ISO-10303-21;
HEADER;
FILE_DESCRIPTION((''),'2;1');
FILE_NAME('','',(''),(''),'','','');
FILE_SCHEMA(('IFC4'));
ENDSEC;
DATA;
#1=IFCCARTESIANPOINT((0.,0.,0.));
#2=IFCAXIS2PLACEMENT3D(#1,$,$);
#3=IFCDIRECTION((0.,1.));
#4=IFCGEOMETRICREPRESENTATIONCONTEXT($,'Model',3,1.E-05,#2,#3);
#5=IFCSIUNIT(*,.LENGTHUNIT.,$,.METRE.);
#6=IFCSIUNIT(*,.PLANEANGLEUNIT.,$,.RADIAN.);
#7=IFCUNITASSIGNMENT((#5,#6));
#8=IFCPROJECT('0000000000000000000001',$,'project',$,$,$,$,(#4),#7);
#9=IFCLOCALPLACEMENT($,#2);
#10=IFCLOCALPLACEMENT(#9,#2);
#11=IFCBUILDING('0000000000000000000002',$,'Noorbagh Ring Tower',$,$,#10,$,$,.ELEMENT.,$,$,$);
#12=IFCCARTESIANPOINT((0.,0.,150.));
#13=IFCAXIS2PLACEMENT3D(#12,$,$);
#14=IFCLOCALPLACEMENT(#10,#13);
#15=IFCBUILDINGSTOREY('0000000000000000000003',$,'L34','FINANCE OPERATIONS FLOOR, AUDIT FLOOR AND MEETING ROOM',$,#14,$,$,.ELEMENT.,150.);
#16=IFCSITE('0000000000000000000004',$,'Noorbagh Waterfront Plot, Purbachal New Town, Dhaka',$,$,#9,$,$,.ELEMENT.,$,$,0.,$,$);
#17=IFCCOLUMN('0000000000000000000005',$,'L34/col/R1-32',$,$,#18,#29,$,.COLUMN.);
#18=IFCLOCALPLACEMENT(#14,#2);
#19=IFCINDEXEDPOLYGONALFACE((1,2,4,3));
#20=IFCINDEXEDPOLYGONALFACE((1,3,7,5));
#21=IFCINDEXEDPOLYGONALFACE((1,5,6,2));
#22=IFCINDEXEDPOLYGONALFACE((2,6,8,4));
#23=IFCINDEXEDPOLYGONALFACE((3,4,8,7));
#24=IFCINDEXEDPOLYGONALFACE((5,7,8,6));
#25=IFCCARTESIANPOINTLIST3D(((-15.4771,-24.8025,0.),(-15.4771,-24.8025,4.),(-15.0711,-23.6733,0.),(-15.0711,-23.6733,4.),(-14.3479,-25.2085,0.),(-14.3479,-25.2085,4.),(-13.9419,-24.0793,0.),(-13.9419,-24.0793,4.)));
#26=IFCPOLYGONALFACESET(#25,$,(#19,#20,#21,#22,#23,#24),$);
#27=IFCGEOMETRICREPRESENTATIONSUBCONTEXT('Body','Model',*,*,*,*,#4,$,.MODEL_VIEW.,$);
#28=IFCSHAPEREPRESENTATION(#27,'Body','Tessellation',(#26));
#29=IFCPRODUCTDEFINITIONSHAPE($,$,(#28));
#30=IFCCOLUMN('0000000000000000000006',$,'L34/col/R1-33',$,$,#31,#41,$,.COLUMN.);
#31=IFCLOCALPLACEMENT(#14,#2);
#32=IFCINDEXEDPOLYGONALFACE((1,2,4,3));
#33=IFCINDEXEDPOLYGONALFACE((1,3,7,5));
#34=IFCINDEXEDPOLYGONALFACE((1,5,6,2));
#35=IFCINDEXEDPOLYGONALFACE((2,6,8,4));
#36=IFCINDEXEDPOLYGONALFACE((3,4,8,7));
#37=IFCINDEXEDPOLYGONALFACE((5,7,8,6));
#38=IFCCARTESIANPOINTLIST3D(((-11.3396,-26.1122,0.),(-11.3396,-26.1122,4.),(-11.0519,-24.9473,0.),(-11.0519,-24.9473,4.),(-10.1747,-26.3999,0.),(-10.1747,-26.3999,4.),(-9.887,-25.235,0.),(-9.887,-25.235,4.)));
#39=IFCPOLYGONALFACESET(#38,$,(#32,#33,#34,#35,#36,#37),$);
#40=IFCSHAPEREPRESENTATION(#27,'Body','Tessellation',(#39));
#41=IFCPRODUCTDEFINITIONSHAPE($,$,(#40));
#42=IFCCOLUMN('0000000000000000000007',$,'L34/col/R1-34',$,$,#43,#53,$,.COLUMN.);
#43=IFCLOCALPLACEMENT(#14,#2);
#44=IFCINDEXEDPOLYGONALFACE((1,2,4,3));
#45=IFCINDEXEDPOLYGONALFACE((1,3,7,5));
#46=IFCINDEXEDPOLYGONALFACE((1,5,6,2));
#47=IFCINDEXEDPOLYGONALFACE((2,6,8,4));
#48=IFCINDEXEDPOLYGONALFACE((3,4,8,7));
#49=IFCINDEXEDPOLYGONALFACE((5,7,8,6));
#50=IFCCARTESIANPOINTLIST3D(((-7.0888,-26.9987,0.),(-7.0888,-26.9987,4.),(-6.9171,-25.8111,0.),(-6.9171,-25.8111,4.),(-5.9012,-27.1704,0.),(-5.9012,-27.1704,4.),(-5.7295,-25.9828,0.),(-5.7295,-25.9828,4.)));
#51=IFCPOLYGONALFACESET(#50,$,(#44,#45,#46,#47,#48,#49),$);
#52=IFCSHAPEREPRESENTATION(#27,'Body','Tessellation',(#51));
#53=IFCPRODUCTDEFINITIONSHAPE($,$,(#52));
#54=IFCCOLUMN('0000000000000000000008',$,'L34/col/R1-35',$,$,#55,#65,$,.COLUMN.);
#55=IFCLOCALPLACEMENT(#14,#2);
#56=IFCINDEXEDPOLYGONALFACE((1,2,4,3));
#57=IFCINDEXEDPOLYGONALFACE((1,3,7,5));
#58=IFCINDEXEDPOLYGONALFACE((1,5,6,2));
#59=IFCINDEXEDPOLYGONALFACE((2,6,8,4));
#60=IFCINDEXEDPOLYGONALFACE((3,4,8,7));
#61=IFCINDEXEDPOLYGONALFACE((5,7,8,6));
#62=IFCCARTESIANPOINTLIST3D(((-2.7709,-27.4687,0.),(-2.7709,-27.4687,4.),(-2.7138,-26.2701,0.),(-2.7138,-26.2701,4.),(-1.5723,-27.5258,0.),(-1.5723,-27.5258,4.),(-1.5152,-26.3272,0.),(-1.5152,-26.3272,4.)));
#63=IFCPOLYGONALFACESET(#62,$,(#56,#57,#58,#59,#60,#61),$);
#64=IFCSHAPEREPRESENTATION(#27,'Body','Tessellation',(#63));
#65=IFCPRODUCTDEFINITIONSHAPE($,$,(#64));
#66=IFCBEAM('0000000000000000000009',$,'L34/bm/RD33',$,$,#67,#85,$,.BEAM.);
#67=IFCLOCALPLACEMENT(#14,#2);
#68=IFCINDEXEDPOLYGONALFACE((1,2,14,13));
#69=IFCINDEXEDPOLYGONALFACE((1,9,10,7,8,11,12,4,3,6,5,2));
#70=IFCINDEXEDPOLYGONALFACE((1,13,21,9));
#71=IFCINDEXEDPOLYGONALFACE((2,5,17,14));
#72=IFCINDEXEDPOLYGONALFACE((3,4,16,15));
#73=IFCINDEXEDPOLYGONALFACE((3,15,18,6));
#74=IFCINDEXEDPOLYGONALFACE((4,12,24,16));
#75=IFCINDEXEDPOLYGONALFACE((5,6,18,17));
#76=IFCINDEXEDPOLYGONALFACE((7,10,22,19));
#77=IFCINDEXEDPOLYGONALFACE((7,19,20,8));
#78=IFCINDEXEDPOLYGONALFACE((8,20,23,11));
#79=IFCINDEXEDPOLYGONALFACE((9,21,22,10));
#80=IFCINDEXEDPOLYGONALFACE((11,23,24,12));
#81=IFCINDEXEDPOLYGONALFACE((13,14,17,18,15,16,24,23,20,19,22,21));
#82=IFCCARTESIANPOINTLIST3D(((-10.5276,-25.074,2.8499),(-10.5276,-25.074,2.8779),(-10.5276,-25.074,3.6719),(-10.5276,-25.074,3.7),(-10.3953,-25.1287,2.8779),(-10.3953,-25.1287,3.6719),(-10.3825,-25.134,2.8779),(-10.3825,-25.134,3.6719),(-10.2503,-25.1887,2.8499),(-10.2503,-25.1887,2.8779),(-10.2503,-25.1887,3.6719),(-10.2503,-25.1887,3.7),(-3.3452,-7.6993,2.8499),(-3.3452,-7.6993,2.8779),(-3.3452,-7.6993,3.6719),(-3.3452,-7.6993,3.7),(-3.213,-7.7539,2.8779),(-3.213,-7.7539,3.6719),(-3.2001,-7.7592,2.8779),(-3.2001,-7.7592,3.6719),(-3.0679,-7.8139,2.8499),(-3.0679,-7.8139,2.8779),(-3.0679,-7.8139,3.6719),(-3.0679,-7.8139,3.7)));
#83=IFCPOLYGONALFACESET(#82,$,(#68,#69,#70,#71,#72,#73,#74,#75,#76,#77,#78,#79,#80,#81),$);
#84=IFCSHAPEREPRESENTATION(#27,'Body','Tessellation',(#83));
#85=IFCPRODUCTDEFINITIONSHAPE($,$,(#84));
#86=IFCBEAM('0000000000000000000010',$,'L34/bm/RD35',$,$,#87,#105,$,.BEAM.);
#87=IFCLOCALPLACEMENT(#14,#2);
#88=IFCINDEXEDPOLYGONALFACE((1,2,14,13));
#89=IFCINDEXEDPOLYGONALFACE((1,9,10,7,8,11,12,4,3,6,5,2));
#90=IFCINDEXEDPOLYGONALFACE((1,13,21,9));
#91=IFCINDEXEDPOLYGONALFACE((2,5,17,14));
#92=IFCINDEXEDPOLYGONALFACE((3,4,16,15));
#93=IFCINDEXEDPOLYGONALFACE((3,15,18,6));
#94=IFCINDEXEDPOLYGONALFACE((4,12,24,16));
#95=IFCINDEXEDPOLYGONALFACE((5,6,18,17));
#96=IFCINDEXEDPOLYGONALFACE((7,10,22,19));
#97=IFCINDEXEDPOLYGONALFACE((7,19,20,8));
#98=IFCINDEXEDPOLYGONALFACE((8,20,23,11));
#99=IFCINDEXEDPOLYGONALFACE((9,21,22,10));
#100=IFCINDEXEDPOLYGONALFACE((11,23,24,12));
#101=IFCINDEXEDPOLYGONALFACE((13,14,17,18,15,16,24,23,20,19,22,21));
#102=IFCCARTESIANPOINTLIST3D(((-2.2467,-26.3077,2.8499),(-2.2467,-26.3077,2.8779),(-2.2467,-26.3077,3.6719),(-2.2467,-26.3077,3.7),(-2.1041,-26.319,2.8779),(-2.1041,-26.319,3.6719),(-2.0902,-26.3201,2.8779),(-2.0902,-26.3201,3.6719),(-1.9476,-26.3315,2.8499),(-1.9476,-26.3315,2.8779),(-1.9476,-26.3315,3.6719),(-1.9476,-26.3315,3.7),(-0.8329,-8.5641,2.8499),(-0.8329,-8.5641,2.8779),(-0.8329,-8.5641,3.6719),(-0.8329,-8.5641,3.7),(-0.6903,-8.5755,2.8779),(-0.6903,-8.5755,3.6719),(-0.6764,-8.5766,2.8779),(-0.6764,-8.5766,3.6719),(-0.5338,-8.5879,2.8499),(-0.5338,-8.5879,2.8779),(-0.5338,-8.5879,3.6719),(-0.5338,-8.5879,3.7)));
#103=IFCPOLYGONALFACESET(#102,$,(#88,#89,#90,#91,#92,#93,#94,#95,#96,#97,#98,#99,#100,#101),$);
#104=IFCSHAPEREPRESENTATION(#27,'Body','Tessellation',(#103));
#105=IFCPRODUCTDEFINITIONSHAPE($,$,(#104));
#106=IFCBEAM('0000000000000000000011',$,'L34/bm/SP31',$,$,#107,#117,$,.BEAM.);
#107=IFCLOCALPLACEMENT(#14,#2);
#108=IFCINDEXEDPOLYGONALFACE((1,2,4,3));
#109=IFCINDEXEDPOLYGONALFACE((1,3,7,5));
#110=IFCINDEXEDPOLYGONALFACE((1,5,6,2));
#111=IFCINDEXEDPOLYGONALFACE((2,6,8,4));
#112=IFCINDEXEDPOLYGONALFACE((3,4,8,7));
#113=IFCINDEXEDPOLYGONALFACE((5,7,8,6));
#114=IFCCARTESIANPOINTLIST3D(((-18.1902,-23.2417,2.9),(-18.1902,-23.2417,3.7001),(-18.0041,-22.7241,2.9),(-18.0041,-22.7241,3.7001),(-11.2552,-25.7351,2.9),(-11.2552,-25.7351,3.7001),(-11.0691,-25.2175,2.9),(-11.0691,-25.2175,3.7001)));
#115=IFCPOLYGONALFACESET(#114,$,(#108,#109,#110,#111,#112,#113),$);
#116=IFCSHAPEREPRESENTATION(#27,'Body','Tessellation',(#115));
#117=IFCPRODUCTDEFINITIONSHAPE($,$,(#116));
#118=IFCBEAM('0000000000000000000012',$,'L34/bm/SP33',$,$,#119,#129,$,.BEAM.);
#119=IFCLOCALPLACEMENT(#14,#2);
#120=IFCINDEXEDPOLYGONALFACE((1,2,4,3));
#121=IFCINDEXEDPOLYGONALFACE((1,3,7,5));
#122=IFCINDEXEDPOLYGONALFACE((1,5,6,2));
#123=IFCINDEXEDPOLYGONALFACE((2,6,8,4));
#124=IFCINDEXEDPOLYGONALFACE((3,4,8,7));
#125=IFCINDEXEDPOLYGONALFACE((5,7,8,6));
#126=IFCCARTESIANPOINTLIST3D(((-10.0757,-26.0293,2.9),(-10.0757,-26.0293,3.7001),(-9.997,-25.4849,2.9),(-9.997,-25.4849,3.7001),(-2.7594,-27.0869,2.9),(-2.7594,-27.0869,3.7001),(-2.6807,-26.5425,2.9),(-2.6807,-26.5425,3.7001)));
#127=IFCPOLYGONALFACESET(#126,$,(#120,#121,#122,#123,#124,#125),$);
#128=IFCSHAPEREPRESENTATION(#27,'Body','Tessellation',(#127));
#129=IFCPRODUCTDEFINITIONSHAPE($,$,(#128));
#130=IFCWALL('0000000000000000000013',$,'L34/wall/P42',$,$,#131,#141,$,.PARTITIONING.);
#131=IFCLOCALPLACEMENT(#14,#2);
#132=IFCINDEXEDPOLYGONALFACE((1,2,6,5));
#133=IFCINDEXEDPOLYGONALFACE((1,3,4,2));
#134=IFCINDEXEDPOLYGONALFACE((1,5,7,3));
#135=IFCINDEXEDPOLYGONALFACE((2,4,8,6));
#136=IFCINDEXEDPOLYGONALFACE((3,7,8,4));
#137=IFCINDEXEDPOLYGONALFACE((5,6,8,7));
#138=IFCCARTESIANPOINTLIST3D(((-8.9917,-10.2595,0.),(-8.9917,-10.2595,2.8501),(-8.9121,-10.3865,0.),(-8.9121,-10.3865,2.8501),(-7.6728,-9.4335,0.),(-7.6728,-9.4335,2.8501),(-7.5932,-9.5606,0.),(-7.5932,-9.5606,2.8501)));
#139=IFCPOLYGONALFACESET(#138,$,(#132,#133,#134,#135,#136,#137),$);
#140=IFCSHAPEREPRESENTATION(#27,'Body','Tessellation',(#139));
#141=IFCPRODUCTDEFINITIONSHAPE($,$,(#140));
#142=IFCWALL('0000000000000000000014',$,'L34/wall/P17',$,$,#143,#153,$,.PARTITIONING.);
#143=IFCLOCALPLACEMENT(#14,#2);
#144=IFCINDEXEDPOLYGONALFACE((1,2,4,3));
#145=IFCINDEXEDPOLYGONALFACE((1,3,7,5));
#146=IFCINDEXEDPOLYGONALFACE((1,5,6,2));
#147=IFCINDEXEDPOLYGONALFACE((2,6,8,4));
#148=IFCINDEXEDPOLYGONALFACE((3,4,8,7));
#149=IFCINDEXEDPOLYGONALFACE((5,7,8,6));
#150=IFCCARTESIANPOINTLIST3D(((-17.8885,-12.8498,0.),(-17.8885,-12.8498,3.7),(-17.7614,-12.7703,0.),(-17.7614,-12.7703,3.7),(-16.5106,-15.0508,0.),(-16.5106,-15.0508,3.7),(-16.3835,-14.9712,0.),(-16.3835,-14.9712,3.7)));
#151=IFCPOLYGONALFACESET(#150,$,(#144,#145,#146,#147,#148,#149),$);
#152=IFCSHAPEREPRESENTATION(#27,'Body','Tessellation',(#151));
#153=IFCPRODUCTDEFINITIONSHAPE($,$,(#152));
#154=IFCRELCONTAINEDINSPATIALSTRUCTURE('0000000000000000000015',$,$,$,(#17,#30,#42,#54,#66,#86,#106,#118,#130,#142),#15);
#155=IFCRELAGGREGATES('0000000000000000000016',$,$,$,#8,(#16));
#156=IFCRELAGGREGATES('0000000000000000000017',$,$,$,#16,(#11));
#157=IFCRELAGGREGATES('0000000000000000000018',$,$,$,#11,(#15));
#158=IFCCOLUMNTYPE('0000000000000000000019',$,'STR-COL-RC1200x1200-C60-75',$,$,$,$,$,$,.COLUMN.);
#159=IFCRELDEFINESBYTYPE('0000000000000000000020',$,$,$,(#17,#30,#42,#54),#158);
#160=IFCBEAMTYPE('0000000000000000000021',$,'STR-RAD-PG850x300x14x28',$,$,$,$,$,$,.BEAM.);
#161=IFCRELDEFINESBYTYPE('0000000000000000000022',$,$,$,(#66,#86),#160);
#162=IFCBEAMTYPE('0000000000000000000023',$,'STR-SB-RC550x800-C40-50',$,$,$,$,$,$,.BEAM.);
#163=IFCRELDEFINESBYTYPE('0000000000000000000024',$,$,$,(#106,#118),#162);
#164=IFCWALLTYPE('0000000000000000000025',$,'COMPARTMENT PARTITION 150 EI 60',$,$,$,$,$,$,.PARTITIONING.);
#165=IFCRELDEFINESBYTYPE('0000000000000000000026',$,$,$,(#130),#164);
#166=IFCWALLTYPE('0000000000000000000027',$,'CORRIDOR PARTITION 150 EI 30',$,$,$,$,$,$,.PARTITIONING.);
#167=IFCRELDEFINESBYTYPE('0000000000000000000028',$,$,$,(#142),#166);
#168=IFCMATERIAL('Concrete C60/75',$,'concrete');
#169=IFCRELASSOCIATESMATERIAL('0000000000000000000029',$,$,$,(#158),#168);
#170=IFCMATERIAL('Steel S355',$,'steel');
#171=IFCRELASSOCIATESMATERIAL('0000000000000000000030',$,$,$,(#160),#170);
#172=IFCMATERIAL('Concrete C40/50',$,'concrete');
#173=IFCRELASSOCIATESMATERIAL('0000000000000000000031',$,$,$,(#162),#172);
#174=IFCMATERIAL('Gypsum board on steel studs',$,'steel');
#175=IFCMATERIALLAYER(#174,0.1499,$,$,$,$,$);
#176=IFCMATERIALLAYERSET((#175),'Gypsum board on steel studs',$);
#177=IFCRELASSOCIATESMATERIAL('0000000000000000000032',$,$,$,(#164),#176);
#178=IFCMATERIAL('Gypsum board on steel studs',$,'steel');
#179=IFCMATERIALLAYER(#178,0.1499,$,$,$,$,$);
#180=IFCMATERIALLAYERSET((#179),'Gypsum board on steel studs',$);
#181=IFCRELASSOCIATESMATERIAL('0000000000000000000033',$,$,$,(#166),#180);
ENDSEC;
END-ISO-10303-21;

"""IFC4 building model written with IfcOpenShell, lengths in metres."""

from ifc_helpers import new_model, si_unit, direction, frame, frame_2d, origin, origin_2d, place, context, subcontext, project, spatial, rectangle, i_section, extrude, material, layer, layer_set, material_profile, profile_set, type_object, element, save


model = new_model("IFC4")

# Units and contexts
model_context = context("Model", 3, precision=1e-05, world=origin(), true_north=direction((0.0, 1.0)))
body_context = subcontext(model_context, "Body", "Model", "MODEL_VIEW")
ifc_project = project(units=[si_unit("LENGTHUNIT", "METRE"), si_unit("PLANEANGLEUNIT", "RADIAN")], contexts=[model_context])

# Site, building, storey
site_placement = place(None, origin())
site = spatial("IfcSite", under=ifc_project, at=site_placement, Name="Noorbagh Waterfront Plot, Purbachal New Town, Dhaka", CompositionType="ELEMENT", RefElevation=0.0)
building_placement = place(site_placement, origin())
building = spatial("IfcBuilding", under=site, at=building_placement, Name="Noorbagh Ring Tower", CompositionType="ELEMENT")
storey_placement = place(building_placement, frame((0.0, 0.0, 150.0)))
storey = spatial("IfcBuildingStorey", under=building, at=storey_placement, Name="L34", Description="FINANCE OPERATIONS FLOOR, AUDIT FLOOR AND MEETING ROOM", CompositionType="ELEMENT", Elevation=150.0)

# Columns
ifc_material_1 = material(Name="Concrete C60/75", Category="concrete")
ifc_material_profile_1 = material_profile(ifc_material_1, rectangle(XDim=1.2, YDim=1.2, at=origin_2d()), Name="RC1200x1200")
ifc_profile_set_1 = profile_set([ifc_material_profile_1], Name="Concrete C60/75")
column_type = type_object("IfcColumnType", Name="STR-COL-RC1200x1200-C60-75", PredefinedType="COLUMN", material=ifc_profile_set_1)
for number, where, z_axis, x_axis, name in (
    (1, (-14.7095, -24.4409, 0.0), (0.0, 0.0, 1.0), (0.941025, -0.338338, 0.0), "L34/col/R1-32"),
    (2, (-10.6133, -25.6736, 0.0), (0.0, 0.0, 1.0), (0.970829, -0.239771, 0.0), "L34/col/R1-33"),
    (3, (-6.4092, -26.4907, 0.0), (0.0, 0.0, 1.0), (0.989713, -0.143066, 0.0), "L34/col/R1-34"),
    (4, (-2.1431, -26.8979, 0.0), (0.0, 0.0, 1.0), (0.998869, -0.047553, 0.0), "L34/col/R1-35"),
):
    element("IfcColumn", number, at=place(storey_placement, frame(where, z_axis=z_axis, x_axis=x_axis)), inside=storey, type_object=column_type, Name=name, PredefinedType="COLUMN", context=body_context, shape_type="SweptSolid", body=[
        extrude(rectangle(XDim=1.2, YDim=1.2, at=origin_2d()), origin(), (0.0, 0.0, 1.0), 4.0),
    ])

# Beams
ifc_material_2 = material(Name="Steel S355", Category="steel")
ifc_material_profile_2 = material_profile(ifc_material_2, i_section(OverallWidth=0.3, OverallDepth=0.8501, WebThickness=0.0139, FlangeThickness=0.0281, at=origin_2d()), Name="PG850x300x14x28")
ifc_profile_set_2 = profile_set([ifc_material_profile_2], Name="Steel S355")
beam_type_1 = type_object("IfcBeamType", Name="STR-RAD-PG850x300x14x28", PredefinedType="BEAM", material=ifc_profile_set_2)
beam_1_placement = place(storey_placement, frame((-10.3889, -25.1313, 3.2749), z_axis=(0.382026, 0.924152, 0.0), x_axis=(-0.924152, 0.382026, 0.0)))
element("IfcBeam", 5, at=beam_1_placement, inside=storey, type_object=beam_type_1, Name="L34/bm/RD33", PredefinedType="BEAM", context=body_context, shape_type="SweptSolid", body=[
    extrude(i_section(OverallWidth=0.3, OverallDepth=0.8501, WebThickness=0.0139, FlangeThickness=0.0281, at=origin_2d()), origin(), (0.0, 0.0, 1.0), 18.8008),
])
beam_2_placement = place(storey_placement, frame((-2.0972, -26.3196, 3.2749), z_axis=(0.079428, 0.996841, 0.0), x_axis=(-0.996841, 0.079428, 0.0)))
element("IfcBeam", 6, at=beam_2_placement, inside=storey, type_object=beam_type_1, Name="L34/bm/RD35", PredefinedType="BEAM", context=body_context, shape_type="SweptSolid", body=[
    extrude(i_section(OverallWidth=0.3, OverallDepth=0.8501, WebThickness=0.0139, FlangeThickness=0.0281, at=origin_2d()), origin(), (0.0, 0.0, 1.0), 17.7998),
])
ifc_material_3 = material(Name="Concrete C40/50", Category="concrete")
ifc_material_profile_3 = material_profile(ifc_material_3, rectangle(XDim=0.55, YDim=0.8, at=origin_2d()), Name="RC550x800")
ifc_profile_set_3 = profile_set([ifc_material_profile_3], Name="Concrete C40/50")
beam_type_2 = type_object("IfcBeamType", Name="STR-SB-RC550x800-C40-50", PredefinedType="BEAM", material=ifc_profile_set_3)
beam_3_placement = place(storey_placement, frame((-18.0972, -22.9829, 3.3), z_axis=(0.941026, -0.338333, 0.0), x_axis=(0.338333, 0.941026, 0.0)))
element("IfcBeam", 7, at=beam_3_placement, inside=storey, type_object=beam_type_2, Name="L34/bm/SP31", PredefinedType="BEAM", context=body_context, shape_type="SweptSolid", body=[
    extrude(rectangle(XDim=0.55, YDim=0.8, at=origin_2d()), origin(), (0.0, 0.0, 1.0), 7.3696),
])
beam_4_placement = place(storey_placement, frame((-10.0364, -25.7571, 3.3), z_axis=(0.989713, -0.143067, 0.0), x_axis=(0.143067, 0.989713, 0.0)))
element("IfcBeam", 8, at=beam_4_placement, inside=storey, type_object=beam_type_2, Name="L34/bm/SP33", PredefinedType="BEAM", context=body_context, shape_type="SweptSolid", body=[
    extrude(rectangle(XDim=0.55, YDim=0.8, at=origin_2d()), origin(), (0.0, 0.0, 1.0), 7.3923),
])

# Walls
ifc_material_4 = material(Name="Gypsum board on steel studs", Category="steel")
ifc_layer_1 = layer(ifc_material_4, 0.1499)
ifc_layer_set_1 = layer_set([ifc_layer_1], Name="Gypsum board on steel studs")
wall_type_1 = type_object("IfcWallType", Name="COMPARTMENT PARTITION 150 EI 60", PredefinedType="PARTITIONING", material=ifc_layer_set_1)
wall_1_placement = place(storey_placement, frame((-8.9519, -10.323, 0.0), z_axis=(0.0, 0.0, 1.0), x_axis=(0.847522, 0.53076, 0.0)))
element("IfcWall", 9, at=wall_1_placement, inside=storey, type_object=wall_type_1, Name="L34/wall/P42", PredefinedType="PARTITIONING", context=body_context, shape_type="SweptSolid", body=[
    extrude(rectangle(XDim=1.5562, YDim=0.1499, at=frame_2d((0.7781, 0.0))), origin(), (0.0, 0.0, 1.0), 2.8501),
])
ifc_material_5 = material(Name="Gypsum board on steel studs", Category="steel")
ifc_layer_2 = layer(ifc_material_5, 0.1499)
ifc_layer_set_2 = layer_set([ifc_layer_2], Name="Gypsum board on steel studs")
wall_type_2 = type_object("IfcWallType", Name="CORRIDOR PARTITION 150 EI 30", PredefinedType="PARTITIONING", material=ifc_layer_set_2)
wall_2_placement = place(storey_placement, frame((-17.825, -12.8101, 0.0), z_axis=(0.0, 0.0, 1.0), x_axis=(0.53065, -0.847591, 0.0)))
element("IfcWall", 10, at=wall_2_placement, inside=storey, type_object=wall_type_2, Name="L34/wall/P17", PredefinedType="PARTITIONING", context=body_context, shape_type="SweptSolid", body=[
    extrude(rectangle(XDim=2.5967, YDim=0.1499, at=frame_2d((1.2983, 0.0))), origin(), (0.0, 0.0, 1.0), 3.7),
])

save(model, "model.ifc")
